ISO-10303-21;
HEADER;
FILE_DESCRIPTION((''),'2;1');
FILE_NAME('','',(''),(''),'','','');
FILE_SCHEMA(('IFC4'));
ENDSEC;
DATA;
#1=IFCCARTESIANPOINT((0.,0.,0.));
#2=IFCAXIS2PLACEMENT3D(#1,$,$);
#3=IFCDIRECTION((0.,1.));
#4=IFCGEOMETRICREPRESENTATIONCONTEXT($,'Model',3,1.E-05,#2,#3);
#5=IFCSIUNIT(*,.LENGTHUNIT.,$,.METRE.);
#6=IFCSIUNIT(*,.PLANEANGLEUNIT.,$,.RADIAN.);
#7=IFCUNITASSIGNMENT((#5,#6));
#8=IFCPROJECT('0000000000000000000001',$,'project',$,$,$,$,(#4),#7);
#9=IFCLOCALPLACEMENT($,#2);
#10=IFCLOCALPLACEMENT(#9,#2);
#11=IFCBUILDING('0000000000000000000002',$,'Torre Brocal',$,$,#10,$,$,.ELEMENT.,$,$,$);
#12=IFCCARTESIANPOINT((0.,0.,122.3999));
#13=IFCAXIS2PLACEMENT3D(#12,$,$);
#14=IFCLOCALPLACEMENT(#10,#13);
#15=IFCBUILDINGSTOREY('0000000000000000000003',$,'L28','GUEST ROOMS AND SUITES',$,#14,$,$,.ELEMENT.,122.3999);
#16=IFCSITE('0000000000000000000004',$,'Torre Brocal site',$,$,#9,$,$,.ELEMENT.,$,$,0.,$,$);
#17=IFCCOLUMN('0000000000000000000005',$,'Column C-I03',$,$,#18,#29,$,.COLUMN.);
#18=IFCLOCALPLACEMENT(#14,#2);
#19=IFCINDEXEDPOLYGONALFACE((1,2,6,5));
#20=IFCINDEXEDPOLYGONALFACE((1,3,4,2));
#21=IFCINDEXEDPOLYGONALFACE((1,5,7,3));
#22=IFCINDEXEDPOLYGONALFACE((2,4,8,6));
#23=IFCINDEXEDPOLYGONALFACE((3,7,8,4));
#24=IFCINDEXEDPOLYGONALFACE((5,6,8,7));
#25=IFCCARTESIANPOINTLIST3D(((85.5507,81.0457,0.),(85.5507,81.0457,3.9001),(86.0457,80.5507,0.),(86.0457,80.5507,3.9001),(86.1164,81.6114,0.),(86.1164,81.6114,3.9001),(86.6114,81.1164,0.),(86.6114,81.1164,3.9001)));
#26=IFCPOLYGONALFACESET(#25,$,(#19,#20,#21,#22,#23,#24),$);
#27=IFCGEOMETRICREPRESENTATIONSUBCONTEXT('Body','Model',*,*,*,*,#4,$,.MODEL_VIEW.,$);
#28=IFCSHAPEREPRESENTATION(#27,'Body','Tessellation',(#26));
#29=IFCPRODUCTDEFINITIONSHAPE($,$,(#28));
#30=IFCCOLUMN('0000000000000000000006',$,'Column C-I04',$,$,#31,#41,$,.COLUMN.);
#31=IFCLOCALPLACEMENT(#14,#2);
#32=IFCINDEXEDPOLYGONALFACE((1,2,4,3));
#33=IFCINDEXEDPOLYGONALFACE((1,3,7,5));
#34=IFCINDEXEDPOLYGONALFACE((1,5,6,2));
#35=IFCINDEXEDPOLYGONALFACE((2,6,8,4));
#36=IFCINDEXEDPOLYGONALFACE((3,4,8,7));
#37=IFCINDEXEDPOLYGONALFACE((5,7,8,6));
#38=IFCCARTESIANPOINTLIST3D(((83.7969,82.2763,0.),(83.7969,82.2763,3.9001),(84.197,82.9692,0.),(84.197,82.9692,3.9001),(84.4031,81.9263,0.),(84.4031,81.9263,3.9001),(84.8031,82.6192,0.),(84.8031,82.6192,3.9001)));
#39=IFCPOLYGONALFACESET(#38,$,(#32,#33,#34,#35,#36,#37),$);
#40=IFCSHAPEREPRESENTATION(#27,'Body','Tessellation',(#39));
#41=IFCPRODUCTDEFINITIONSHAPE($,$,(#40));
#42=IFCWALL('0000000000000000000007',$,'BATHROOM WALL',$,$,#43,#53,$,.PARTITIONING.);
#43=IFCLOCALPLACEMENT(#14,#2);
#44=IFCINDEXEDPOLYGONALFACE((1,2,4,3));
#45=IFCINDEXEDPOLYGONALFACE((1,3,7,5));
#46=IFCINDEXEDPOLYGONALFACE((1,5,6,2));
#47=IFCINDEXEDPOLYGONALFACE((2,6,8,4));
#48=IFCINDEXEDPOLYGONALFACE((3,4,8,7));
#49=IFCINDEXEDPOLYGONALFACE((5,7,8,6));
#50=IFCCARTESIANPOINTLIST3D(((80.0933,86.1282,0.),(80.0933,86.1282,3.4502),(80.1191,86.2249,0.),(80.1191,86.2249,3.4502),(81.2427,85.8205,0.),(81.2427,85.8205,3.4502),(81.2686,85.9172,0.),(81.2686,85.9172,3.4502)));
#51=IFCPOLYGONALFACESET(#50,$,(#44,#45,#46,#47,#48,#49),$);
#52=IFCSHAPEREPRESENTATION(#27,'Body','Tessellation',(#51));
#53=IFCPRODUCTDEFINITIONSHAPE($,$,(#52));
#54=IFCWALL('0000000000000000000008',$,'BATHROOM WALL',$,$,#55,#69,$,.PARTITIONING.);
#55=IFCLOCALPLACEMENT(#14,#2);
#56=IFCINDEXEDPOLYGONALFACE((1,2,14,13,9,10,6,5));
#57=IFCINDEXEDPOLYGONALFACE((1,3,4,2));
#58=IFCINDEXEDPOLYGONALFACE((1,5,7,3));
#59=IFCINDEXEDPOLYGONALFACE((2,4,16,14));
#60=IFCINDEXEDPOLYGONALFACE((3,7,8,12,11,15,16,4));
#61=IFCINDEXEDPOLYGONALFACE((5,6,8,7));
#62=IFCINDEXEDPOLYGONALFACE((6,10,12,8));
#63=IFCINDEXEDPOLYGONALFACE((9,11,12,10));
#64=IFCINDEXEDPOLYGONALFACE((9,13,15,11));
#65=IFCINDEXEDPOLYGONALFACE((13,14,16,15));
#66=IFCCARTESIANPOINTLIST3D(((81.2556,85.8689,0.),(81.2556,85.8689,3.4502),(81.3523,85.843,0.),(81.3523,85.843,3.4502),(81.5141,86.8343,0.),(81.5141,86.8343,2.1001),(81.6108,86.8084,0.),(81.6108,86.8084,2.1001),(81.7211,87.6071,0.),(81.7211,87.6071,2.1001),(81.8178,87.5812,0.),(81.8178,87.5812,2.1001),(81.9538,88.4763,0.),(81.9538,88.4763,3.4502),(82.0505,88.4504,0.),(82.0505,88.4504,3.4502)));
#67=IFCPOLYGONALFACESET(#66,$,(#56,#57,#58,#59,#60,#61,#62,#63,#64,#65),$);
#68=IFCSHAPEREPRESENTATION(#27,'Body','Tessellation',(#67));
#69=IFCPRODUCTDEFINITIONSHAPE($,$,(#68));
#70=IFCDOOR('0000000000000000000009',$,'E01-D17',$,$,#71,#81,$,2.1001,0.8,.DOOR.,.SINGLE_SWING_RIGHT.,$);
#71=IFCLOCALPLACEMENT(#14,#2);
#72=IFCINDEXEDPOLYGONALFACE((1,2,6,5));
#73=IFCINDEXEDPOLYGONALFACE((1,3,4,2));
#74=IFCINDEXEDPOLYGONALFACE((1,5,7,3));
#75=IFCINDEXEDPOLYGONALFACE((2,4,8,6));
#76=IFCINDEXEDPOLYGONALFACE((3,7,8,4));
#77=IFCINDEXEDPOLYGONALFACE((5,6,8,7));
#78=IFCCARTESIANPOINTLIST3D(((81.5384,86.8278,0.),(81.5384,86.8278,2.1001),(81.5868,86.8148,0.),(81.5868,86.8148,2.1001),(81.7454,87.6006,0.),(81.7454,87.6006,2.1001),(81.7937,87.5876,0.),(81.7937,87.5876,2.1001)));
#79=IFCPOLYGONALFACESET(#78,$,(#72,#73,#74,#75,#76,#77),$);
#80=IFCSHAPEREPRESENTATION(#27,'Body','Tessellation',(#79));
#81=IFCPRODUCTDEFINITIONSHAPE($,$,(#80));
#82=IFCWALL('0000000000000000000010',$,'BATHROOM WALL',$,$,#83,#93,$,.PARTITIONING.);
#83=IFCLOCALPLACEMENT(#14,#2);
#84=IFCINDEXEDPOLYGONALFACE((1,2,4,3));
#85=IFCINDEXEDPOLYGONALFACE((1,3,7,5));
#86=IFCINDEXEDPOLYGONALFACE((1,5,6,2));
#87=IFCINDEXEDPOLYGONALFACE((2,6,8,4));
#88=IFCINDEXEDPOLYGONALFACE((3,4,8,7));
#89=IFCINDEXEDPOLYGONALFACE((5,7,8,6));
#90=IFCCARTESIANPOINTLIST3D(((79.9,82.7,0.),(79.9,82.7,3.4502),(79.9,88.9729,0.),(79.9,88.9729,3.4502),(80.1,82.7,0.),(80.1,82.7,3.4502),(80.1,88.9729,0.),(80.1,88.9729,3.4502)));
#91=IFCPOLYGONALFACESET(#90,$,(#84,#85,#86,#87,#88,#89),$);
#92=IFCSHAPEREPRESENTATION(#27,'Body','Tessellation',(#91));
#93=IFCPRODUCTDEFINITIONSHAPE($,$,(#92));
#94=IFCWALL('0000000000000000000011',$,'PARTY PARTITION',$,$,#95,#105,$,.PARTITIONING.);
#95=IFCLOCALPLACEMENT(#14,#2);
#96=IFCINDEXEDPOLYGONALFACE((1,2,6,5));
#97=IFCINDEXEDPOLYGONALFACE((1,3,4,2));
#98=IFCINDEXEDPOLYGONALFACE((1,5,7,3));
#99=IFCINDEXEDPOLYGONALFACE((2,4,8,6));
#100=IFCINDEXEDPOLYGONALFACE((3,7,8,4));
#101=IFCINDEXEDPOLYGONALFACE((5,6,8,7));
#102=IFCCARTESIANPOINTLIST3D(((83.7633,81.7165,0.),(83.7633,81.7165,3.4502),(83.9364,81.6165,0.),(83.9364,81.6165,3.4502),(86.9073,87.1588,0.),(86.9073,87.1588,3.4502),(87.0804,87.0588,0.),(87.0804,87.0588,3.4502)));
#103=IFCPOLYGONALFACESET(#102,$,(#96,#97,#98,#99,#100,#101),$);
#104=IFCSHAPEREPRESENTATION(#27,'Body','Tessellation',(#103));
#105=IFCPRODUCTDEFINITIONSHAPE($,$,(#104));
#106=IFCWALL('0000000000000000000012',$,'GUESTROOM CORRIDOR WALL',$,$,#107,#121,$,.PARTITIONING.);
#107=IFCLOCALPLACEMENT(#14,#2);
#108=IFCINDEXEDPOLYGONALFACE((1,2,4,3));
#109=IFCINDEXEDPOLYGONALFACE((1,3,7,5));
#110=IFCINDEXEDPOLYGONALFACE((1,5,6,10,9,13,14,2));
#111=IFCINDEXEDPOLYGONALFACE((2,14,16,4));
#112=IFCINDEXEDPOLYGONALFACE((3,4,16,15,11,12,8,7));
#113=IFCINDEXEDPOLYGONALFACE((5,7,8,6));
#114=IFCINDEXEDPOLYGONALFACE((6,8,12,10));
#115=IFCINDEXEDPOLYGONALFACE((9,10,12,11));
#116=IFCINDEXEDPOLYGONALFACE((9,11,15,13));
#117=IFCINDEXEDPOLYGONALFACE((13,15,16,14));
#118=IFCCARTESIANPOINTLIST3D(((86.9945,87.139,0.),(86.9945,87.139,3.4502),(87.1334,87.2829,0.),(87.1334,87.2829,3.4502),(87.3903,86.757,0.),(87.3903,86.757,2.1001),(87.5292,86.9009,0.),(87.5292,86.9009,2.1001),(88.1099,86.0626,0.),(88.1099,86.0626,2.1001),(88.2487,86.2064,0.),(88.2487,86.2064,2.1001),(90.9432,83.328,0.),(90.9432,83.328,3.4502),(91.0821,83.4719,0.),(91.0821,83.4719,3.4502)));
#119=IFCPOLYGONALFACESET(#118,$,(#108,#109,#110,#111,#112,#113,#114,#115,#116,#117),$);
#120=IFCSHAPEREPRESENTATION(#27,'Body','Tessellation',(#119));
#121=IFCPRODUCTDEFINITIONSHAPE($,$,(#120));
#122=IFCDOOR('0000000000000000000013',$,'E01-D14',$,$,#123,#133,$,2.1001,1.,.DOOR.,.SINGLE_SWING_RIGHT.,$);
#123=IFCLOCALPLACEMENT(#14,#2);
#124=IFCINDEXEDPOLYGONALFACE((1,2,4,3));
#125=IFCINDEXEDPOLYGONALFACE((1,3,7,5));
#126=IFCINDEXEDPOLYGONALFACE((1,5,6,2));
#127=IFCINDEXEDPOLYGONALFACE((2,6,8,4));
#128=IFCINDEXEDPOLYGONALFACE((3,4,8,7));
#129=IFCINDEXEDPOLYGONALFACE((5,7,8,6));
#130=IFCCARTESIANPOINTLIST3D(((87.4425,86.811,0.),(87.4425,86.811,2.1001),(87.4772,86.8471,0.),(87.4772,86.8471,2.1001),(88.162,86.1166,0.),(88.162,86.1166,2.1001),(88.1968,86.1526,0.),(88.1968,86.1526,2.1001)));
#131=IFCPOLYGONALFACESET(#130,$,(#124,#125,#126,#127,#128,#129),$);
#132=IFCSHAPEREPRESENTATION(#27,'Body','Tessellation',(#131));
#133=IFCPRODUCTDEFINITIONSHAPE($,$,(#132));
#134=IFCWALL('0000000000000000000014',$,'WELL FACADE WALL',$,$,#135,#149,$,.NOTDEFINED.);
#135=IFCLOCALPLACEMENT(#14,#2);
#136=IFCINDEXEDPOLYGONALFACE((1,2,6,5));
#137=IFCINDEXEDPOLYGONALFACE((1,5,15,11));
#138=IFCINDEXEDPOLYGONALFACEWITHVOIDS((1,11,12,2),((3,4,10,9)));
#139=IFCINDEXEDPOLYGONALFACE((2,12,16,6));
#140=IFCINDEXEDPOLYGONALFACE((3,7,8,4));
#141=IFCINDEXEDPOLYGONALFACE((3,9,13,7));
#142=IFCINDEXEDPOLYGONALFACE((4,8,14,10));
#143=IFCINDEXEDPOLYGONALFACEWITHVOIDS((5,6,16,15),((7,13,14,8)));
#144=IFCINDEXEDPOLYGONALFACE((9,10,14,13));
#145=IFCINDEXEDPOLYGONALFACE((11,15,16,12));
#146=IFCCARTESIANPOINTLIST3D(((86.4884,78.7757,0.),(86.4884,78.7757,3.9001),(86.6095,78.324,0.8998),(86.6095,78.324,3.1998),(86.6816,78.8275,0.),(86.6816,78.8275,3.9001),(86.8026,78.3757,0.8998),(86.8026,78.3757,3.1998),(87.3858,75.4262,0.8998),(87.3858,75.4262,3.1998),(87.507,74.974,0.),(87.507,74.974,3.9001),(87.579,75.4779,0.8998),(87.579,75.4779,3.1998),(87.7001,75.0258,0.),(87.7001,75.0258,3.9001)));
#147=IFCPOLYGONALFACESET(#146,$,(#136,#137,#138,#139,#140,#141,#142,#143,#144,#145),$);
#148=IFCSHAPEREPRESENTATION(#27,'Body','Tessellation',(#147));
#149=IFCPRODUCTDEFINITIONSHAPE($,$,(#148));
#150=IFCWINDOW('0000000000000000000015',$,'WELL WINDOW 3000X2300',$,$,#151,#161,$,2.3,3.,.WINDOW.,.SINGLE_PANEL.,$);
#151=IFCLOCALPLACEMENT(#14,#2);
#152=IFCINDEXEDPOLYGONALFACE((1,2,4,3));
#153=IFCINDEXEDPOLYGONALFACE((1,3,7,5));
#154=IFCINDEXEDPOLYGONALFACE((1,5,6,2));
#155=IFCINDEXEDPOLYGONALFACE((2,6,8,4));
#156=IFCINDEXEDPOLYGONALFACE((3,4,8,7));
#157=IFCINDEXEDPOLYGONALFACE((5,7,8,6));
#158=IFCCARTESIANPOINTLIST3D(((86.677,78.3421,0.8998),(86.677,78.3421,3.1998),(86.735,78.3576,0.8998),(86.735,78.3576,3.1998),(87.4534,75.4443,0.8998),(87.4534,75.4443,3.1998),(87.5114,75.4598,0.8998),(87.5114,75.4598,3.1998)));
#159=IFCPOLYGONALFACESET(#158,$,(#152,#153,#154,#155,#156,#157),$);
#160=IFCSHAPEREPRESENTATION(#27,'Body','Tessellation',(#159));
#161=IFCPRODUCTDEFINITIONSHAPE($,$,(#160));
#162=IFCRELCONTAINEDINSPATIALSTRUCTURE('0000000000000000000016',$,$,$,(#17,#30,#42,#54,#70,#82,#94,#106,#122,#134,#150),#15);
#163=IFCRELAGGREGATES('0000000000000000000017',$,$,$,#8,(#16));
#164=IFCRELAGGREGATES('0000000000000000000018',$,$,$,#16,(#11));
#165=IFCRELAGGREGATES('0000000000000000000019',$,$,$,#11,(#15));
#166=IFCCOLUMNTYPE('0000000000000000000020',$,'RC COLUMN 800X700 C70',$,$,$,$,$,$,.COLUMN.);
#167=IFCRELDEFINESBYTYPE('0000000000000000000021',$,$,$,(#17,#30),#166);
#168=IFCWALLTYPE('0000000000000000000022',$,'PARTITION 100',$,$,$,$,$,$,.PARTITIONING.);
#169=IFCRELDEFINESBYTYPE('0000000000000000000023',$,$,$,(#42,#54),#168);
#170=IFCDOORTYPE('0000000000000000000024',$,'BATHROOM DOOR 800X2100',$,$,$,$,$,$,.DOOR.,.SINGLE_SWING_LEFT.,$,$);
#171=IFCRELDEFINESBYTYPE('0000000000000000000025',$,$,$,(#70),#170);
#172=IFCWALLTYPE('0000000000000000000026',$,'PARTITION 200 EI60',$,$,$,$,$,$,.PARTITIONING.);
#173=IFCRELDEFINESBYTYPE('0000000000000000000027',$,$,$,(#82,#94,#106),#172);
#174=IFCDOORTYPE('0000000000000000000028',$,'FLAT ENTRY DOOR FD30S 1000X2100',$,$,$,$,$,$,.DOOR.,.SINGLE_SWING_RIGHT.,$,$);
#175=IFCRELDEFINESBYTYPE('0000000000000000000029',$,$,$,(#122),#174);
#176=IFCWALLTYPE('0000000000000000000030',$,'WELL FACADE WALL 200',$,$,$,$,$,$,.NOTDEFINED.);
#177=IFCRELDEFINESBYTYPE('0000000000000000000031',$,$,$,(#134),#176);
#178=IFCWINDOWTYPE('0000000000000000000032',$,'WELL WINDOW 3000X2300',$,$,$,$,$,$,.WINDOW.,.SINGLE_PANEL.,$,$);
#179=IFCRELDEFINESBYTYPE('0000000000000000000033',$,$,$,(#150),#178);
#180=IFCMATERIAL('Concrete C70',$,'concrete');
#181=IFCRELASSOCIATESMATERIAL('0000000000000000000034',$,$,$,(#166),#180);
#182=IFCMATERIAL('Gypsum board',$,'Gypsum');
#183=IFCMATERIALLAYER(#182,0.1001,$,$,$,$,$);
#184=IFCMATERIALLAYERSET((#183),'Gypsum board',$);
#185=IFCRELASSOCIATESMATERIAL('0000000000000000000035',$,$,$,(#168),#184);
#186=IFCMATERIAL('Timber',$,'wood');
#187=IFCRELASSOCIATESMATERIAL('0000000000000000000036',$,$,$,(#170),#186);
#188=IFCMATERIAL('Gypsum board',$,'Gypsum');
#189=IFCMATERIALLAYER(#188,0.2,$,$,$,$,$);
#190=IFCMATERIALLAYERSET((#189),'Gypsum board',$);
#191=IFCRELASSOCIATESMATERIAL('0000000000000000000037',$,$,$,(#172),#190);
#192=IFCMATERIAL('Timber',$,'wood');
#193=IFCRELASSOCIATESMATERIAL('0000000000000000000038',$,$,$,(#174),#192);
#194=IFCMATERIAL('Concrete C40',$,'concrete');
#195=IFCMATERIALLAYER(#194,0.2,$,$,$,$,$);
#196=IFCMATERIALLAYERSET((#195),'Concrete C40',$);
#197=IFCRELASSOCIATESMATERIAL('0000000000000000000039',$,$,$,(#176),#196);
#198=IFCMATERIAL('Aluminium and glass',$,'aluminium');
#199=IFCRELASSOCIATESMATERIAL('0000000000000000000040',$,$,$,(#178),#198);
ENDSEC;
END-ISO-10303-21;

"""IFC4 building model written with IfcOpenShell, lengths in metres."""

from ifc_helpers import new_model, si_unit, direction, frame, frame_2d, origin, origin_2d, place, context, subcontext, project, spatial, rectangle, extrude, material, layer, layer_set, material_profile, profile_set, type_object, element, fill, save


model = new_model("IFC4")

# Units and contexts
model_context = context("Model", 3, precision=1e-05, world=origin(), true_north=direction((0.0, 1.0)))
body_context = subcontext(model_context, "Body", "Model", "MODEL_VIEW")
ifc_project = project(units=[si_unit("LENGTHUNIT", "METRE"), si_unit("PLANEANGLEUNIT", "RADIAN")], contexts=[model_context])

# Site, building, storey
site_placement = place(None, origin())
site = spatial("IfcSite", under=ifc_project, at=site_placement, Name="Torre Brocal site", CompositionType="ELEMENT", RefElevation=0.0)
building_placement = place(site_placement, origin())
building = spatial("IfcBuilding", under=site, at=building_placement, Name="Torre Brocal", CompositionType="ELEMENT")
storey_placement = place(building_placement, frame((0.0, 0.0, 122.3999)))
storey = spatial("IfcBuildingStorey", under=building, at=storey_placement, Name="L28", Description="GUEST ROOMS AND SUITES", CompositionType="ELEMENT", Elevation=122.3999)

# Columns
ifc_material_1 = material(Name="Concrete C70", Category="concrete")
ifc_material_profile = material_profile(ifc_material_1, rectangle(XDim=0.8, YDim=0.7, at=origin_2d()), Name="RC 800X700")
ifc_profile_set = profile_set([ifc_material_profile], Name="Concrete C70")
column_type = type_object("IfcColumnType", Name="RC COLUMN 800X700 C70", PredefinedType="COLUMN", material=ifc_profile_set)
for number, where, z_axis, x_axis, name in (
    (1, (86.0811, 81.0811, 0.0), (0.0, 0.0, 1.0), (0.707107, 0.707107, 0.0), "Column C-I03"),
    (2, (84.3, 82.4478, 0.0), (0.0, 0.0, 1.0), (0.5, 0.866025, 0.0), "Column C-I04"),
):
    element("IfcColumn", number, at=place(storey_placement, frame(where, z_axis=z_axis, x_axis=x_axis)), inside=storey, type_object=column_type, Name=name, PredefinedType="COLUMN", context=body_context, shape_type="SweptSolid", body=[
        extrude(rectangle(XDim=0.8, YDim=0.7, at=origin_2d()), origin(), (0.0, 0.0, 1.0), 3.9001),
    ])

# Wall
ifc_material_2 = material(Name="Gypsum board", Category="Gypsum")
ifc_layer_1 = layer(ifc_material_2, 0.1001)
ifc_layer_set_1 = layer_set([ifc_layer_1], Name="Gypsum board")
wall_type_1 = type_object("IfcWallType", Name="PARTITION 100", PredefinedType="PARTITIONING", material=ifc_layer_set_1)
wall_1_placement = place(storey_placement, frame((80.1062, 86.1765, 0.0), z_axis=(0.0, 0.0, 1.0), x_axis=(0.966003, -0.258531, 0.0)))
element("IfcWall", 3, at=wall_1_placement, inside=storey, type_object=wall_type_1, Name="BATHROOM WALL", PredefinedType="PARTITIONING", context=body_context, shape_type="SweptSolid", body=[
    extrude(rectangle(XDim=1.1899, YDim=0.1001, at=frame_2d((0.595, 0.0))), origin(), (0.0, 0.0, 1.0), 3.4502),
])

# Wall, opening, door
wall_2_placement = place(storey_placement, frame((81.304, 85.856, 0.0), z_axis=(0.0, 0.0, 1.0), x_axis=(0.258676, 0.965964, 0.0)))
wall_2 = element("IfcWall", 4, at=wall_2_placement, inside=storey, type_object=wall_type_1, Name="BATHROOM WALL", PredefinedType="PARTITIONING", context=body_context, shape_type="SweptSolid", body=[
    extrude(rectangle(XDim=2.6992, YDim=0.1001, at=frame_2d((1.3496, 0.0))), origin(), (0.0, 0.0, 1.0), 3.4502),
])
opening_1_placement = place(wall_2_placement, frame((0.9995, 0.0, 0.0)))
opening_1 = element("IfcOpeningElement", 5, at=opening_1_placement, cuts=wall_2, PredefinedType="OPENING", context=body_context, shape_type="SweptSolid", body=[
    extrude(rectangle(XDim=0.8, YDim=2.1001, at=frame_2d((0.3999, 1.05))), frame((0.0, 0.0601, 0.0), z_axis=(0.0, -1.0, 0.0), x_axis=(1.0, 0.0, 0.0)), (0.0, 0.0, 1.0), 0.1201),
])
ifc_material_3 = material(Name="Timber", Category="wood")
door_type_1 = type_object("IfcDoorType", Name="BATHROOM DOOR 800X2100", OperationType="SINGLE_SWING_LEFT", PredefinedType="DOOR", material=ifc_material_3)
door_1_placement = place(opening_1_placement, origin())
door_1 = element("IfcDoor", 6, at=door_1_placement, inside=storey, type_object=door_type_1, Name="E01-D17", OperationType="SINGLE_SWING_RIGHT", OverallHeight=2.1001, OverallWidth=0.8, PredefinedType="DOOR", context=body_context, shape_type="SweptSolid", body=[
    extrude(rectangle(XDim=0.8, YDim=2.1001, at=frame_2d((0.3999, 1.05))), frame((0.0, 0.0249, 0.0), z_axis=(0.0, -1.0, 0.0), x_axis=(1.0, 0.0, 0.0)), (0.0, 0.0, 1.0), 0.05),
])
fill(opening_1, door_1)

# Walls
ifc_material_4 = material(Name="Gypsum board", Category="Gypsum")
ifc_layer_2 = layer(ifc_material_4, 0.2)
ifc_layer_set_2 = layer_set([ifc_layer_2], Name="Gypsum board")
wall_type_2 = type_object("IfcWallType", Name="PARTITION 200 EI60", PredefinedType="PARTITIONING", material=ifc_layer_set_2)
wall_3_placement = place(storey_placement, frame((80.0, 82.7, 0.0), z_axis=(0.0, 0.0, 1.0), x_axis=(0.0, 1.0, 0.0)))
element("IfcWall", 7, at=wall_3_placement, inside=storey, type_object=wall_type_2, Name="BATHROOM WALL", PredefinedType="PARTITIONING", context=body_context, shape_type="SweptSolid", body=[
    extrude(rectangle(XDim=6.2729, YDim=0.2, at=frame_2d((3.1365, 0.0))), origin(), (0.0, 0.0, 1.0), 3.4502),
])
wall_4_placement = place(storey_placement, frame((83.8499, 81.6665, 0.0), z_axis=(0.0, 0.0, 1.0), x_axis=(0.500225, 0.865896, 0.0)))
element("IfcWall", 8, at=wall_4_placement, inside=storey, type_object=wall_type_2, Name="PARTY PARTITION", PredefinedType="PARTITIONING", context=body_context, shape_type="SweptSolid", body=[
    extrude(rectangle(XDim=6.2852, YDim=0.2, at=frame_2d((3.1426, 0.0))), origin(), (0.0, 0.0, 1.0), 3.4502),
])

# Wall, opening, door
wall_5_placement = place(storey_placement, frame((87.064, 87.2109, 0.0), z_axis=(0.0, 0.0, 1.0), x_axis=(0.719541, -0.69445, 0.0)))
wall_5 = element("IfcWall", 9, at=wall_5_placement, inside=storey, type_object=wall_type_2, Name="GUESTROOM CORRIDOR WALL", PredefinedType="PARTITIONING", context=body_context, shape_type="SweptSolid", body=[
    extrude(rectangle(XDim=5.4878, YDim=0.2, at=frame_2d((2.7439, 0.0))), origin(), (0.0, 0.0, 1.0), 3.4502),
])
opening_2_placement = place(wall_5_placement, frame((0.55, 0.0, 0.0)))
opening_2 = element("IfcOpeningElement", 10, at=opening_2_placement, cuts=wall_5, PredefinedType="OPENING", context=body_context, shape_type="SweptSolid", body=[
    extrude(rectangle(XDim=1.0, YDim=2.1001, at=frame_2d((0.5, 1.05))), frame((0.0, 0.1099, 0.0), z_axis=(0.0, -1.0, 0.0), x_axis=(1.0, 0.0, 0.0)), (0.0, 0.0, 1.0), 0.22),
])
ifc_material_5 = material(Name="Timber", Category="wood")
door_type_2 = type_object("IfcDoorType", Name="FLAT ENTRY DOOR FD30S 1000X2100", OperationType="SINGLE_SWING_RIGHT", PredefinedType="DOOR", material=ifc_material_5)
door_2_placement = place(opening_2_placement, frame((1.0, 0.0, 0.0), z_axis=(0.0, 0.0, 1.0), x_axis=(-1.0, 0.0, 0.0)))
door_2 = element("IfcDoor", 11, at=door_2_placement, inside=storey, type_object=door_type_2, Name="E01-D14", OperationType="SINGLE_SWING_RIGHT", OverallHeight=2.1001, OverallWidth=1.0, PredefinedType="DOOR", context=body_context, shape_type="SweptSolid", body=[
    extrude(rectangle(XDim=1.0, YDim=2.1001, at=frame_2d((0.5, 1.05))), frame((0.0, 0.0249, 0.0), z_axis=(0.0, -1.0, 0.0), x_axis=(1.0, 0.0, 0.0)), (0.0, 0.0, 1.0), 0.05),
])
fill(opening_2, door_2)

# Wall, opening, window
ifc_material_6 = material(Name="Concrete C40", Category="concrete")
ifc_layer_3 = layer(ifc_material_6, 0.2)
ifc_layer_set_3 = layer_set([ifc_layer_3], Name="Concrete C40")
wall_type_3 = type_object("IfcWallType", Name="WELL FACADE WALL 200", PredefinedType="NOTDEFINED", material=ifc_layer_set_3)
wall_6_placement = place(storey_placement, frame((87.6035, 75.0, 0.0), z_axis=(0.0, 0.0, 1.0), x_axis=(-0.25879, 0.965934, 0.0)))
wall_6 = element("IfcWall", 12, at=wall_6_placement, inside=storey, type_object=wall_type_3, Name="WELL FACADE WALL", PredefinedType="NOTDEFINED", context=body_context, shape_type="SweptSolid", body=[
    extrude(rectangle(XDim=3.9358, YDim=0.2, at=frame_2d((1.9678, 0.0))), origin(), (0.0, 0.0, 1.0), 3.9001),
])
opening_3_placement = place(wall_6_placement, frame((0.468, 0.0, 0.8999)))
opening_3 = element("IfcOpeningElement", 13, at=opening_3_placement, cuts=wall_6, PredefinedType="OPENING", context=body_context, shape_type="SweptSolid", body=[
    extrude(rectangle(XDim=3.0, YDim=2.3, at=frame_2d((1.5, 1.1499))), frame((0.0, 0.1099, 0.0), z_axis=(0.0, -1.0, 0.0), x_axis=(1.0, 0.0, 0.0)), (0.0, 0.0, 1.0), 0.22),
])
ifc_material_7 = material(Name="Aluminium and glass", Category="aluminium")
window_type = type_object("IfcWindowType", Name="WELL WINDOW 3000X2300", PartitioningType="SINGLE_PANEL", PredefinedType="WINDOW", material=ifc_material_7)
window_1_placement = place(opening_3_placement, origin())
window_1 = element("IfcWindow", 14, at=window_1_placement, inside=storey, type_object=window_type, Name="WELL WINDOW 3000X2300", OverallHeight=2.3, OverallWidth=3.0, PartitioningType="SINGLE_PANEL", PredefinedType="WINDOW", context=body_context, shape_type="SweptSolid", body=[
    extrude(rectangle(XDim=3.0, YDim=2.3, at=frame_2d((1.5, 1.1499))), frame((0.0, 0.03, 0.0), z_axis=(0.0, -1.0, 0.0), x_axis=(1.0, 0.0, 0.0)), (0.0, 0.0, 1.0), 0.0601),
])
fill(opening_3, window_1)

save(model, "model.ifc")
